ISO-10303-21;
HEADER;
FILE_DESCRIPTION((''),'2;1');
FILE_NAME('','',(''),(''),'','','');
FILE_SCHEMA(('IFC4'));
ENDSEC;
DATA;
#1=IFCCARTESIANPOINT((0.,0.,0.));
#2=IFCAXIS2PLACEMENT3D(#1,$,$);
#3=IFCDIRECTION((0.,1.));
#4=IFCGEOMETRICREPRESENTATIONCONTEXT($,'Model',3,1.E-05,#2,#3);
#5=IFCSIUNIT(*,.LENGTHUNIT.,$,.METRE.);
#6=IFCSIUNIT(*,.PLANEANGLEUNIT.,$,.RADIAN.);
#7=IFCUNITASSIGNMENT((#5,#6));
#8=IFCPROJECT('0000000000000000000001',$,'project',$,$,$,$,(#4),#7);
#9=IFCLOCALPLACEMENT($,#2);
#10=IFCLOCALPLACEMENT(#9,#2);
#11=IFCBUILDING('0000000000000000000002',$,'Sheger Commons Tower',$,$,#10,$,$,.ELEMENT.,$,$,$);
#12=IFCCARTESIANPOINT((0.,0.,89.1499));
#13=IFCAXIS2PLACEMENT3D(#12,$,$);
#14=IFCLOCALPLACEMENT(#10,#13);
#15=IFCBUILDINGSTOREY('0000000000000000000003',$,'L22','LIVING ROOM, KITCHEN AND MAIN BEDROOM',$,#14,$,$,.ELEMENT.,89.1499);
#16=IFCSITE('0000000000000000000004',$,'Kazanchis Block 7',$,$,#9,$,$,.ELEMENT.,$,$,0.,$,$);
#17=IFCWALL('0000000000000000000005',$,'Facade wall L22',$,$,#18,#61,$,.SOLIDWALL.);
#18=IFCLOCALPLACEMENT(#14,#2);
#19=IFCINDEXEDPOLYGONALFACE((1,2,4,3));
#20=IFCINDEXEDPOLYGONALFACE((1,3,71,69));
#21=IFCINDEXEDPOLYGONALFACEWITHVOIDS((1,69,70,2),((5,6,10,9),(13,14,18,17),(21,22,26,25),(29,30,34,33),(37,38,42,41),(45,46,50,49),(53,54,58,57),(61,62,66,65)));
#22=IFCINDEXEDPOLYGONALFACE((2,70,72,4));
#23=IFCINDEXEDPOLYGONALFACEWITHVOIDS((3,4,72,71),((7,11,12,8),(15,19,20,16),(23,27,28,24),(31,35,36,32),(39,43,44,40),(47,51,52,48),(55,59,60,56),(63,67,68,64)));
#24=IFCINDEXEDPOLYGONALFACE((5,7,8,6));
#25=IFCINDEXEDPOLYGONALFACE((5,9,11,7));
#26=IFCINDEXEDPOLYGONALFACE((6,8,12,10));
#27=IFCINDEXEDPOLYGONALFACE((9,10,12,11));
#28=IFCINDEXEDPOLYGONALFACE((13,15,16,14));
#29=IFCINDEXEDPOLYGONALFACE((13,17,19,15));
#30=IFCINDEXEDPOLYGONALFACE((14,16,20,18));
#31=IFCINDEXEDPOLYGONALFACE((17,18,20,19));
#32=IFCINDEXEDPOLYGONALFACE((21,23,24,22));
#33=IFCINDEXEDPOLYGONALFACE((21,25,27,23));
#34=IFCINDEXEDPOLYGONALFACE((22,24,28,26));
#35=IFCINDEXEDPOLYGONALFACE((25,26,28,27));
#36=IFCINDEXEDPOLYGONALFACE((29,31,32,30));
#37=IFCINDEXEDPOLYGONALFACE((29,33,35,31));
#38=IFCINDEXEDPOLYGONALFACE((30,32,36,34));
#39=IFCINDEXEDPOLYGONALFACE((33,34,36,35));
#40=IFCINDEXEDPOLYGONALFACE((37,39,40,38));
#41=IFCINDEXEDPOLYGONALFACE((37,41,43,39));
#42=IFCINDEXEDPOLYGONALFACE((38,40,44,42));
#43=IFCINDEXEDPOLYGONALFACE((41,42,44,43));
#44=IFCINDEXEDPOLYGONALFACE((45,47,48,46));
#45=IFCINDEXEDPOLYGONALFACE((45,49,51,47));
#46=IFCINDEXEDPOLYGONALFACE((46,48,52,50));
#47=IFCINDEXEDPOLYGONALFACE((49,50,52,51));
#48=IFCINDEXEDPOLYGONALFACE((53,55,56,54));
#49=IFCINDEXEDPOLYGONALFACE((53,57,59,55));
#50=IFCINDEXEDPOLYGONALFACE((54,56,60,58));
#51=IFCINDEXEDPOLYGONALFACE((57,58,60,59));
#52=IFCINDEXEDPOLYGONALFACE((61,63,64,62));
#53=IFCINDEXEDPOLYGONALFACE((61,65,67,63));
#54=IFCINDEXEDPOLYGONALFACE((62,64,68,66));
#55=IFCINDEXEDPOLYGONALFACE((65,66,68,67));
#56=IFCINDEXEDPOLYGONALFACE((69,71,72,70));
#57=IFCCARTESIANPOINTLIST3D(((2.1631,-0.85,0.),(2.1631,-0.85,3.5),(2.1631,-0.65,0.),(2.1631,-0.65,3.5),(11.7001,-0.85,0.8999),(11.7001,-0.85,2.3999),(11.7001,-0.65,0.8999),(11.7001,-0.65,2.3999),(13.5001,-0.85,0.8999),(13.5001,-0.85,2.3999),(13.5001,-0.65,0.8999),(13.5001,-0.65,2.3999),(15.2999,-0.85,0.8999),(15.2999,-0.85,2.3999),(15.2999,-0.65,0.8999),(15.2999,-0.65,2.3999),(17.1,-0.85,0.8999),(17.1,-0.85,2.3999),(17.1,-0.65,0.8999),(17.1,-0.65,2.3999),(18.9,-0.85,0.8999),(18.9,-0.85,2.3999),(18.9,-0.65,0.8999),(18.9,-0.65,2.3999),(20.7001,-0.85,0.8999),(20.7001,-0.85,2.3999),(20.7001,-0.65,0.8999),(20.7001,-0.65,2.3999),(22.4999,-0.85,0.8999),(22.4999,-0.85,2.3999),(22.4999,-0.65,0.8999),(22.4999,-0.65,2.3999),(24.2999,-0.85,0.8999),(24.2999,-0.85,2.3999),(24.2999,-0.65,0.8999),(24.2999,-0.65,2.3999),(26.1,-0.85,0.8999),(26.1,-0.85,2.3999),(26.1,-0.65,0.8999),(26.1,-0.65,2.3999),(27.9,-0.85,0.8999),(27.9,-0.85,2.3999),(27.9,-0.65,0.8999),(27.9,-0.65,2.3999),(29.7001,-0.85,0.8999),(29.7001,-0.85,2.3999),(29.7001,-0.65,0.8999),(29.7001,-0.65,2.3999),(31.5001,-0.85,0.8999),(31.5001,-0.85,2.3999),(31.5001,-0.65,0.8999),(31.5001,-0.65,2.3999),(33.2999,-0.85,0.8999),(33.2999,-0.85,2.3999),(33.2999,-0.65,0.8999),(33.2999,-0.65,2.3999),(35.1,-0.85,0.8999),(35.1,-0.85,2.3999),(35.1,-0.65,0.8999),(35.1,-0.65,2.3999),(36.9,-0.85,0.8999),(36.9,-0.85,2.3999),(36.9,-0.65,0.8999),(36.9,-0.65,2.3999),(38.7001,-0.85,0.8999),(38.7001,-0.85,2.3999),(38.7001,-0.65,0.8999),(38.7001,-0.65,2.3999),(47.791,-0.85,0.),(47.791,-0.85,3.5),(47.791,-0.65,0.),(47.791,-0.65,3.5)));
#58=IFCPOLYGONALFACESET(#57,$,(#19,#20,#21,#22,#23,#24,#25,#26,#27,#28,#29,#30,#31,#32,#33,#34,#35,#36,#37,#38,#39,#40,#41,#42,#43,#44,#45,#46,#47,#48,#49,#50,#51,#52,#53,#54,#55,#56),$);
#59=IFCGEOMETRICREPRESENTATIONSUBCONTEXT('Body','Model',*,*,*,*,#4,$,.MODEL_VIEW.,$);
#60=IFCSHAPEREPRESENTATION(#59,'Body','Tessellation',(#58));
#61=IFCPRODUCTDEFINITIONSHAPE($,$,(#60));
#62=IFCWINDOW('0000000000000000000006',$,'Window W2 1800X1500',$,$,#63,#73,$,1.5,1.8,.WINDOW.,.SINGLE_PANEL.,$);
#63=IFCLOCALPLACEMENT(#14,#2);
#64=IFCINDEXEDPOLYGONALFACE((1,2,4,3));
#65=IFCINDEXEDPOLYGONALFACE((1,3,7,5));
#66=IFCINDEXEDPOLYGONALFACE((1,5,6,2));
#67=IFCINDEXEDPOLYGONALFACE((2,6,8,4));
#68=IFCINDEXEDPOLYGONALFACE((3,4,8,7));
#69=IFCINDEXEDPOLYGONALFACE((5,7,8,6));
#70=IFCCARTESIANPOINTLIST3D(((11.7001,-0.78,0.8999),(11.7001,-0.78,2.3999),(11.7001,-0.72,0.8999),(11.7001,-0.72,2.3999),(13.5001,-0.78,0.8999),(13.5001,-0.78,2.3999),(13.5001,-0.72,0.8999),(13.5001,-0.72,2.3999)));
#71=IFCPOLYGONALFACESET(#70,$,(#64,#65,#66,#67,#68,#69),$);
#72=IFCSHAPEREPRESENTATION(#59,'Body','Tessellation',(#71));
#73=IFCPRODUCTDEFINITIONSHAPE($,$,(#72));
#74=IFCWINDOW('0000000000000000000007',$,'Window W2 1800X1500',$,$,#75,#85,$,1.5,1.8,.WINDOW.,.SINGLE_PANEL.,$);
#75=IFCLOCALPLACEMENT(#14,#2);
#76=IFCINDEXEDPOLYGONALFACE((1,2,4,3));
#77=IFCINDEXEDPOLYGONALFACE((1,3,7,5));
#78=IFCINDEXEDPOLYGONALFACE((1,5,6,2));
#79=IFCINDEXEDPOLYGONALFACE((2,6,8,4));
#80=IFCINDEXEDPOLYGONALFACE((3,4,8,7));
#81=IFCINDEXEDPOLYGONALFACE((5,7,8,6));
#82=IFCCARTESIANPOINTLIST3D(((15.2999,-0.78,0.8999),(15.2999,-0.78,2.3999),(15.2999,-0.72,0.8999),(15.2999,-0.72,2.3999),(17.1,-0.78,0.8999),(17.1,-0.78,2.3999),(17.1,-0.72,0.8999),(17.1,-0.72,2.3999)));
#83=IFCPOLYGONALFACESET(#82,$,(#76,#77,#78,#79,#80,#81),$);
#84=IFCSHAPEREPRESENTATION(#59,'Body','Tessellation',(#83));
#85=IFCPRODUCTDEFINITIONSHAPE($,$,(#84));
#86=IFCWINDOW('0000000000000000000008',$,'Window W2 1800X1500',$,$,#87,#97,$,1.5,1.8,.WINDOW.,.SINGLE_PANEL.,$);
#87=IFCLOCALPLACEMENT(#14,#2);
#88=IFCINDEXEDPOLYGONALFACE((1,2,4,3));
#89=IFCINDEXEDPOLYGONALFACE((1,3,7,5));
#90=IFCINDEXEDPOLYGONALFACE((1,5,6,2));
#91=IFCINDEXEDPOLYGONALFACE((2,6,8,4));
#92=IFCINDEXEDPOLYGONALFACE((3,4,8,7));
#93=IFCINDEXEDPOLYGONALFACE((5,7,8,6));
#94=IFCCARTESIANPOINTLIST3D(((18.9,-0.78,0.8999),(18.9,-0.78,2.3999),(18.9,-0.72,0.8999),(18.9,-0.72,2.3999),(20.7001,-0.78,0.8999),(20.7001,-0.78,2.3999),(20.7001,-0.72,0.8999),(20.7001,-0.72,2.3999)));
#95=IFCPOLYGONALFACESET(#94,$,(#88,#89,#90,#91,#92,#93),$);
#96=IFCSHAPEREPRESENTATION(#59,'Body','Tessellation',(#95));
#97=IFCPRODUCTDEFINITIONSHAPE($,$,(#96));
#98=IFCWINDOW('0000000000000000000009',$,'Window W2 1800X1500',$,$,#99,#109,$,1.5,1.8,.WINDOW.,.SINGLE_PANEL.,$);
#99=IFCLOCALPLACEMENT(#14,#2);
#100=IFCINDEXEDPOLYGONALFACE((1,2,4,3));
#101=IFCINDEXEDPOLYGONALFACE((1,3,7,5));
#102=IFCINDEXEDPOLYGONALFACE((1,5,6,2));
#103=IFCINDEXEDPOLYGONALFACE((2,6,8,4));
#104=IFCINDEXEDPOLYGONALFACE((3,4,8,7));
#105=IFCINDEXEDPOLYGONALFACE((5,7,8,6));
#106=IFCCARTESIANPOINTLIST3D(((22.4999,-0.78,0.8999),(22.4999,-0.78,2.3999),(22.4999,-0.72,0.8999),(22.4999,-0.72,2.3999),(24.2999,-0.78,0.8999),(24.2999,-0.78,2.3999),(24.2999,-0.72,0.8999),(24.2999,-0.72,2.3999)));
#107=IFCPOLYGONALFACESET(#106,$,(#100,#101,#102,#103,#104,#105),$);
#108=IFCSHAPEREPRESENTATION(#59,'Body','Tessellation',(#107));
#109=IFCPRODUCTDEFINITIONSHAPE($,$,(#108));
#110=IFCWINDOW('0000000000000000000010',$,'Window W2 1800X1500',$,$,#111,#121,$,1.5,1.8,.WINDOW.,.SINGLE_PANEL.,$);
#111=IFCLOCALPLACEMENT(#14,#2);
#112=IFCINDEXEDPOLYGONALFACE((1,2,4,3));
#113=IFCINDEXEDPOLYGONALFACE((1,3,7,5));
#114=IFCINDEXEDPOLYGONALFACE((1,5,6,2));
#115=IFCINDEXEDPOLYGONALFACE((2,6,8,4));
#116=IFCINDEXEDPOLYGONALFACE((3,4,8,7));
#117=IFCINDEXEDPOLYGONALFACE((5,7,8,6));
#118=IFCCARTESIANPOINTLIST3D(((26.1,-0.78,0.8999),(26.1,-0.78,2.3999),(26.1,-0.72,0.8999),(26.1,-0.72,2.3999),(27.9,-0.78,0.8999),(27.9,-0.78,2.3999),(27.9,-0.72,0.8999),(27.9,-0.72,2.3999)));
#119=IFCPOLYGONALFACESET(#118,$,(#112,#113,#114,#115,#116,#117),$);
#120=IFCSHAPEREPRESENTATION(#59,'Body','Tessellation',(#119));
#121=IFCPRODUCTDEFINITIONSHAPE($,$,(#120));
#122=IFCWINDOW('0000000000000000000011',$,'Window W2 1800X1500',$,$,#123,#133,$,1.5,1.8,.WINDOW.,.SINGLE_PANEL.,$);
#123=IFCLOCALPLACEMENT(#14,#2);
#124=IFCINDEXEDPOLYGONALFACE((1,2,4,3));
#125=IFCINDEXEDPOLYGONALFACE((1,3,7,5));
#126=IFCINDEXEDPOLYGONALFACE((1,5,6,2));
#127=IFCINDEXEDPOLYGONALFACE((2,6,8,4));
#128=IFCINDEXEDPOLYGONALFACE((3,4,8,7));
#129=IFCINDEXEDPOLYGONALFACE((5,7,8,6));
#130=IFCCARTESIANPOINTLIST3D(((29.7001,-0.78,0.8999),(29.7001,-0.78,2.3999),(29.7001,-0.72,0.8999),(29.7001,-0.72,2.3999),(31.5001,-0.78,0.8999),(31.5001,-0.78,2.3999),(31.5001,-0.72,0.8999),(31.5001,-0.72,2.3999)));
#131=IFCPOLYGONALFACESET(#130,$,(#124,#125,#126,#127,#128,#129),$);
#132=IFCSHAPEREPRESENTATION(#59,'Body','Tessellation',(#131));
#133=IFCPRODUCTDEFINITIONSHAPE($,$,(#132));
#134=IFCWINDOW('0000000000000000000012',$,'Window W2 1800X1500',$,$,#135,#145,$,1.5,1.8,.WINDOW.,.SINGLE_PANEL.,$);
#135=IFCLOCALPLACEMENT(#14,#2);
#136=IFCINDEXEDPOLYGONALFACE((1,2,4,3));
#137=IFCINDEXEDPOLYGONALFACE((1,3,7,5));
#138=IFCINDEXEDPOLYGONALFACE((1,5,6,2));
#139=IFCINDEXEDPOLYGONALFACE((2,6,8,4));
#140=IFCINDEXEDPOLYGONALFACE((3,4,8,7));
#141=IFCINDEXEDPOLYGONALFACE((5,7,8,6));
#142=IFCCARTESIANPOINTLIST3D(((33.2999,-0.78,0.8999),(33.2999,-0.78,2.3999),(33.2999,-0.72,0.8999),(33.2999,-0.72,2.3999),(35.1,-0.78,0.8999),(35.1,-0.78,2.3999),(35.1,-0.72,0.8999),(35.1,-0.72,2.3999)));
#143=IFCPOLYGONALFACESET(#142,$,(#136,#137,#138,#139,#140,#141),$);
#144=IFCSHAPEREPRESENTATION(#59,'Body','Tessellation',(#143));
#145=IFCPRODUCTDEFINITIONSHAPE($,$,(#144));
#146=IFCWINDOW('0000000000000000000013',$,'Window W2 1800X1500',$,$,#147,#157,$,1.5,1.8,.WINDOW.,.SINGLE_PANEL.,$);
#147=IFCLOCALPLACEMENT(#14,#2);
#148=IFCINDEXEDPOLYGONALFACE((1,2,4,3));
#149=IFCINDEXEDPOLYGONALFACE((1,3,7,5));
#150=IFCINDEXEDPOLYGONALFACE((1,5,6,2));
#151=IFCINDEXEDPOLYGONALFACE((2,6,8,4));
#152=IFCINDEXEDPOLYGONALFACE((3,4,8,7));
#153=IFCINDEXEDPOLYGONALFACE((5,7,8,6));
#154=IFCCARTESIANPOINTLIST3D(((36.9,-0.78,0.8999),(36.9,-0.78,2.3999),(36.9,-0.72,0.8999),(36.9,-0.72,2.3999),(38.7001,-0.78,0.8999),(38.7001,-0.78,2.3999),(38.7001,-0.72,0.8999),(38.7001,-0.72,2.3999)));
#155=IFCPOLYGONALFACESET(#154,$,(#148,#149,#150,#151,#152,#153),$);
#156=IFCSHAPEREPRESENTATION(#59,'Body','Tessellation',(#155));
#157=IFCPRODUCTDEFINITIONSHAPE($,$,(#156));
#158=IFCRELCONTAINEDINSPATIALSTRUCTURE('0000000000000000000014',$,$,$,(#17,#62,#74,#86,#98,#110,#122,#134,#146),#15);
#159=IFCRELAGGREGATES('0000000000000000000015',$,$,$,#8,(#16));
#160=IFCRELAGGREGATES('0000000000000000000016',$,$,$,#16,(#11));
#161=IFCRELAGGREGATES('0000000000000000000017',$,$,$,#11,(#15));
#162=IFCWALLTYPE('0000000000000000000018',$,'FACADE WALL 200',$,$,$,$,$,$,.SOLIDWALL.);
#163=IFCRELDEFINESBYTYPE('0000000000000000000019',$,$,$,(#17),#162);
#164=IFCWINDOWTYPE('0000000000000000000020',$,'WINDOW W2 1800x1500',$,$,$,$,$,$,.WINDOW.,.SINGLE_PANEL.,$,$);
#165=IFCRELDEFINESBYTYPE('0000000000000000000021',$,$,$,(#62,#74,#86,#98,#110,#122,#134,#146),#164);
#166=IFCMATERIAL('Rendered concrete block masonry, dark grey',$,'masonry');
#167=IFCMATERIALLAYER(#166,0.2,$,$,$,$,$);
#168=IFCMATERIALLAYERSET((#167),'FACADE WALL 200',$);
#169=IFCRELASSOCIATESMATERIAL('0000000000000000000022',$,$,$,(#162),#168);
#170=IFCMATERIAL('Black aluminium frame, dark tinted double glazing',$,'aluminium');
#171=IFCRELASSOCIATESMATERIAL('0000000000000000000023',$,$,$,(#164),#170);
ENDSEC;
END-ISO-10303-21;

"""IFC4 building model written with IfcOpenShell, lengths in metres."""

from ifc_helpers import new_model, si_unit, direction, frame, frame_2d, origin, place, context, subcontext, project, spatial, rectangle, extrude, material, layer, layer_set, type_object, element, fill, save


model = new_model("IFC4")

# Units and contexts
model_context = context("Model", 3, precision=1e-05, world=origin(), true_north=direction((0.0, 1.0)))
body_context = subcontext(model_context, "Body", "Model", "MODEL_VIEW")
ifc_project = project(units=[si_unit("LENGTHUNIT", "METRE"), si_unit("PLANEANGLEUNIT", "RADIAN")], contexts=[model_context])

# Site, building, storey
site_placement = place(None, origin())
site = spatial("IfcSite", under=ifc_project, at=site_placement, Name="Kazanchis Block 7", CompositionType="ELEMENT", RefElevation=0.0)
building_placement = place(site_placement, origin())
building = spatial("IfcBuilding", under=site, at=building_placement, Name="Sheger Commons Tower", CompositionType="ELEMENT")
storey_placement = place(building_placement, frame((0.0, 0.0, 89.1499)))
storey = spatial("IfcBuildingStorey", under=building, at=storey_placement, Name="L22", Description="LIVING ROOM, KITCHEN AND MAIN BEDROOM", CompositionType="ELEMENT", Elevation=89.1499)

# Wall, openings, windows
ifc_material_1 = material(Name="Rendered concrete block masonry, dark grey", Category="masonry")
ifc_layer_1 = layer(ifc_material_1, 0.2)
ifc_layer_set_1 = layer_set([ifc_layer_1], Name="FACADE WALL 200")
wall_type_1 = type_object("IfcWallType", Name="FACADE WALL 200", PredefinedType="SOLIDWALL", material=ifc_layer_set_1)
wall_1_placement = place(storey_placement, frame((2.1631, -0.75, 0.0), z_axis=(0.0, 0.0, 1.0), x_axis=(1.0, 0.0, 0.0)))
wall_1 = element("IfcWall", 1, at=wall_1_placement, inside=storey, type_object=wall_type_1, Name="Facade wall L22", PredefinedType="SOLIDWALL", context=body_context, shape_type="SweptSolid", body=[
    extrude(rectangle(XDim=45.6279, YDim=0.2, at=frame_2d((22.814, 0.0))), origin(), (0.0, 0.0, 1.0), 3.5),
])
opening_1_placement = place(wall_1_placement, frame((9.5371, 0.0, 0.8999)))
opening_1 = element("IfcOpeningElement", 2, at=opening_1_placement, cuts=wall_1, PredefinedType="OPENING", context=body_context, shape_type="SweptSolid", body=[
    extrude(rectangle(XDim=1.8, YDim=1.5, at=frame_2d((0.8999, 0.75))), frame((0.0, 0.1099, 0.0), z_axis=(0.0, -1.0, 0.0), x_axis=(1.0, 0.0, 0.0)), (0.0, 0.0, 1.0), 0.22),
])
opening_2_placement = place(wall_1_placement, frame((13.137, 0.0, 0.8999)))
opening_2 = element("IfcOpeningElement", 3, at=opening_2_placement, cuts=wall_1, PredefinedType="OPENING", context=body_context, shape_type="SweptSolid", body=[
    extrude(rectangle(XDim=1.8, YDim=1.5, at=frame_2d((0.8999, 0.75))), frame((0.0, 0.1099, 0.0), z_axis=(0.0, -1.0, 0.0), x_axis=(1.0, 0.0, 0.0)), (0.0, 0.0, 1.0), 0.22),
])
opening_3_placement = place(wall_1_placement, frame((16.7371, 0.0, 0.8999)))
opening_3 = element("IfcOpeningElement", 4, at=opening_3_placement, cuts=wall_1, PredefinedType="OPENING", context=body_context, shape_type="SweptSolid", body=[
    extrude(rectangle(XDim=1.8, YDim=1.5, at=frame_2d((0.8999, 0.75))), frame((0.0, 0.1099, 0.0), z_axis=(0.0, -1.0, 0.0), x_axis=(1.0, 0.0, 0.0)), (0.0, 0.0, 1.0), 0.22),
])
opening_4_placement = place(wall_1_placement, frame((20.3369, 0.0, 0.8999)))
opening_4 = element("IfcOpeningElement", 5, at=opening_4_placement, cuts=wall_1, PredefinedType="OPENING", context=body_context, shape_type="SweptSolid", body=[
    extrude(rectangle(XDim=1.8, YDim=1.5, at=frame_2d((0.8999, 0.75))), frame((0.0, 0.1099, 0.0), z_axis=(0.0, -1.0, 0.0), x_axis=(1.0, 0.0, 0.0)), (0.0, 0.0, 1.0), 0.22),
])
opening_5_placement = place(wall_1_placement, frame((23.937, 0.0, 0.8999)))
opening_5 = element("IfcOpeningElement", 6, at=opening_5_placement, cuts=wall_1, PredefinedType="OPENING", context=body_context, shape_type="SweptSolid", body=[
    extrude(rectangle(XDim=1.8, YDim=1.5, at=frame_2d((0.8999, 0.75))), frame((0.0, 0.1099, 0.0), z_axis=(0.0, -1.0, 0.0), x_axis=(1.0, 0.0, 0.0)), (0.0, 0.0, 1.0), 0.22),
])
opening_6_placement = place(wall_1_placement, frame((27.5371, 0.0, 0.8999)))
opening_6 = element("IfcOpeningElement", 7, at=opening_6_placement, cuts=wall_1, PredefinedType="OPENING", context=body_context, shape_type="SweptSolid", body=[
    extrude(rectangle(XDim=1.8, YDim=1.5, at=frame_2d((0.8999, 0.75))), frame((0.0, 0.1099, 0.0), z_axis=(0.0, -1.0, 0.0), x_axis=(1.0, 0.0, 0.0)), (0.0, 0.0, 1.0), 0.22),
])
opening_7_placement = place(wall_1_placement, frame((31.137, 0.0, 0.8999)))
opening_7 = element("IfcOpeningElement", 8, at=opening_7_placement, cuts=wall_1, PredefinedType="OPENING", context=body_context, shape_type="SweptSolid", body=[
    extrude(rectangle(XDim=1.8, YDim=1.5, at=frame_2d((0.8999, 0.75))), frame((0.0, 0.1099, 0.0), z_axis=(0.0, -1.0, 0.0), x_axis=(1.0, 0.0, 0.0)), (0.0, 0.0, 1.0), 0.22),
])
opening_8_placement = place(wall_1_placement, frame((34.7371, 0.0, 0.8999)))
opening_8 = element("IfcOpeningElement", 9, at=opening_8_placement, cuts=wall_1, PredefinedType="OPENING", context=body_context, shape_type="SweptSolid", body=[
    extrude(rectangle(XDim=1.8, YDim=1.5, at=frame_2d((0.8999, 0.75))), frame((0.0, 0.1099, 0.0), z_axis=(0.0, -1.0, 0.0), x_axis=(1.0, 0.0, 0.0)), (0.0, 0.0, 1.0), 0.22),
])
ifc_material_2 = material(Name="Black aluminium frame, dark tinted double glazing", Category="aluminium")
window_type = type_object("IfcWindowType", Name="WINDOW W2 1800x1500", PartitioningType="SINGLE_PANEL", PredefinedType="WINDOW", material=ifc_material_2)
window_1_placement = place(opening_1_placement, origin())
window_1 = element("IfcWindow", 10, at=window_1_placement, inside=storey, type_object=window_type, Name="Window W2 1800X1500", OverallHeight=1.5, OverallWidth=1.8, PartitioningType="SINGLE_PANEL", PredefinedType="WINDOW", context=body_context, shape_type="SweptSolid", body=[
    extrude(rectangle(XDim=1.8, YDim=1.5, at=frame_2d((0.8999, 0.75))), frame((0.0, 0.03, 0.0), z_axis=(0.0, -1.0, 0.0), x_axis=(1.0, 0.0, 0.0)), (0.0, 0.0, 1.0), 0.0601),
])
fill(opening_1, window_1)
window_2_placement = place(opening_2_placement, origin())
window_2 = element("IfcWindow", 11, at=window_2_placement, inside=storey, type_object=window_type, Name="Window W2 1800X1500", OverallHeight=1.5, OverallWidth=1.8, PartitioningType="SINGLE_PANEL", PredefinedType="WINDOW", context=body_context, shape_type="SweptSolid", body=[
    extrude(rectangle(XDim=1.8, YDim=1.5, at=frame_2d((0.8999, 0.75))), frame((0.0, 0.03, 0.0), z_axis=(0.0, -1.0, 0.0), x_axis=(1.0, 0.0, 0.0)), (0.0, 0.0, 1.0), 0.0601),
])
fill(opening_2, window_2)
window_3_placement = place(opening_3_placement, origin())
window_3 = element("IfcWindow", 12, at=window_3_placement, inside=storey, type_object=window_type, Name="Window W2 1800X1500", OverallHeight=1.5, OverallWidth=1.8, PartitioningType="SINGLE_PANEL", PredefinedType="WINDOW", context=body_context, shape_type="SweptSolid", body=[
    extrude(rectangle(XDim=1.8, YDim=1.5, at=frame_2d((0.8999, 0.75))), frame((0.0, 0.03, 0.0), z_axis=(0.0, -1.0, 0.0), x_axis=(1.0, 0.0, 0.0)), (0.0, 0.0, 1.0), 0.0601),
])
fill(opening_3, window_3)
window_4_placement = place(opening_4_placement, origin())
window_4 = element("IfcWindow", 13, at=window_4_placement, inside=storey, type_object=window_type, Name="Window W2 1800X1500", OverallHeight=1.5, OverallWidth=1.8, PartitioningType="SINGLE_PANEL", PredefinedType="WINDOW", context=body_context, shape_type="SweptSolid", body=[
    extrude(rectangle(XDim=1.8, YDim=1.5, at=frame_2d((0.8999, 0.75))), frame((0.0, 0.03, 0.0), z_axis=(0.0, -1.0, 0.0), x_axis=(1.0, 0.0, 0.0)), (0.0, 0.0, 1.0), 0.0601),
])
fill(opening_4, window_4)
window_5_placement = place(opening_5_placement, origin())
window_5 = element("IfcWindow", 14, at=window_5_placement, inside=storey, type_object=window_type, Name="Window W2 1800X1500", OverallHeight=1.5, OverallWidth=1.8, PartitioningType="SINGLE_PANEL", PredefinedType="WINDOW", context=body_context, shape_type="SweptSolid", body=[
    extrude(rectangle(XDim=1.8, YDim=1.5, at=frame_2d((0.8999, 0.75))), frame((0.0, 0.03, 0.0), z_axis=(0.0, -1.0, 0.0), x_axis=(1.0, 0.0, 0.0)), (0.0, 0.0, 1.0), 0.0601),
])
fill(opening_5, window_5)
window_6_placement = place(opening_6_placement, origin())
window_6 = element("IfcWindow", 15, at=window_6_placement, inside=storey, type_object=window_type, Name="Window W2 1800X1500", OverallHeight=1.5, OverallWidth=1.8, PartitioningType="SINGLE_PANEL", PredefinedType="WINDOW", context=body_context, shape_type="SweptSolid", body=[
    extrude(rectangle(XDim=1.8, YDim=1.5, at=frame_2d((0.8999, 0.75))), frame((0.0, 0.03, 0.0), z_axis=(0.0, -1.0, 0.0), x_axis=(1.0, 0.0, 0.0)), (0.0, 0.0, 1.0), 0.0601),
])
fill(opening_6, window_6)
window_7_placement = place(opening_7_placement, origin())
window_7 = element("IfcWindow", 16, at=window_7_placement, inside=storey, type_object=window_type, Name="Window W2 1800X1500", OverallHeight=1.5, OverallWidth=1.8, PartitioningType="SINGLE_PANEL", PredefinedType="WINDOW", context=body_context, shape_type="SweptSolid", body=[
    extrude(rectangle(XDim=1.8, YDim=1.5, at=frame_2d((0.8999, 0.75))), frame((0.0, 0.03, 0.0), z_axis=(0.0, -1.0, 0.0), x_axis=(1.0, 0.0, 0.0)), (0.0, 0.0, 1.0), 0.0601),
])
fill(opening_7, window_7)
window_8_placement = place(opening_8_placement, origin())
window_8 = element("IfcWindow", 17, at=window_8_placement, inside=storey, type_object=window_type, Name="Window W2 1800X1500", OverallHeight=1.5, OverallWidth=1.8, PartitioningType="SINGLE_PANEL", PredefinedType="WINDOW", context=body_context, shape_type="SweptSolid", body=[
    extrude(rectangle(XDim=1.8, YDim=1.5, at=frame_2d((0.8999, 0.75))), frame((0.0, 0.03, 0.0), z_axis=(0.0, -1.0, 0.0), x_axis=(1.0, 0.0, 0.0)), (0.0, 0.0, 1.0), 0.0601),
])
fill(opening_8, window_8)

save(model, "model.ifc")
